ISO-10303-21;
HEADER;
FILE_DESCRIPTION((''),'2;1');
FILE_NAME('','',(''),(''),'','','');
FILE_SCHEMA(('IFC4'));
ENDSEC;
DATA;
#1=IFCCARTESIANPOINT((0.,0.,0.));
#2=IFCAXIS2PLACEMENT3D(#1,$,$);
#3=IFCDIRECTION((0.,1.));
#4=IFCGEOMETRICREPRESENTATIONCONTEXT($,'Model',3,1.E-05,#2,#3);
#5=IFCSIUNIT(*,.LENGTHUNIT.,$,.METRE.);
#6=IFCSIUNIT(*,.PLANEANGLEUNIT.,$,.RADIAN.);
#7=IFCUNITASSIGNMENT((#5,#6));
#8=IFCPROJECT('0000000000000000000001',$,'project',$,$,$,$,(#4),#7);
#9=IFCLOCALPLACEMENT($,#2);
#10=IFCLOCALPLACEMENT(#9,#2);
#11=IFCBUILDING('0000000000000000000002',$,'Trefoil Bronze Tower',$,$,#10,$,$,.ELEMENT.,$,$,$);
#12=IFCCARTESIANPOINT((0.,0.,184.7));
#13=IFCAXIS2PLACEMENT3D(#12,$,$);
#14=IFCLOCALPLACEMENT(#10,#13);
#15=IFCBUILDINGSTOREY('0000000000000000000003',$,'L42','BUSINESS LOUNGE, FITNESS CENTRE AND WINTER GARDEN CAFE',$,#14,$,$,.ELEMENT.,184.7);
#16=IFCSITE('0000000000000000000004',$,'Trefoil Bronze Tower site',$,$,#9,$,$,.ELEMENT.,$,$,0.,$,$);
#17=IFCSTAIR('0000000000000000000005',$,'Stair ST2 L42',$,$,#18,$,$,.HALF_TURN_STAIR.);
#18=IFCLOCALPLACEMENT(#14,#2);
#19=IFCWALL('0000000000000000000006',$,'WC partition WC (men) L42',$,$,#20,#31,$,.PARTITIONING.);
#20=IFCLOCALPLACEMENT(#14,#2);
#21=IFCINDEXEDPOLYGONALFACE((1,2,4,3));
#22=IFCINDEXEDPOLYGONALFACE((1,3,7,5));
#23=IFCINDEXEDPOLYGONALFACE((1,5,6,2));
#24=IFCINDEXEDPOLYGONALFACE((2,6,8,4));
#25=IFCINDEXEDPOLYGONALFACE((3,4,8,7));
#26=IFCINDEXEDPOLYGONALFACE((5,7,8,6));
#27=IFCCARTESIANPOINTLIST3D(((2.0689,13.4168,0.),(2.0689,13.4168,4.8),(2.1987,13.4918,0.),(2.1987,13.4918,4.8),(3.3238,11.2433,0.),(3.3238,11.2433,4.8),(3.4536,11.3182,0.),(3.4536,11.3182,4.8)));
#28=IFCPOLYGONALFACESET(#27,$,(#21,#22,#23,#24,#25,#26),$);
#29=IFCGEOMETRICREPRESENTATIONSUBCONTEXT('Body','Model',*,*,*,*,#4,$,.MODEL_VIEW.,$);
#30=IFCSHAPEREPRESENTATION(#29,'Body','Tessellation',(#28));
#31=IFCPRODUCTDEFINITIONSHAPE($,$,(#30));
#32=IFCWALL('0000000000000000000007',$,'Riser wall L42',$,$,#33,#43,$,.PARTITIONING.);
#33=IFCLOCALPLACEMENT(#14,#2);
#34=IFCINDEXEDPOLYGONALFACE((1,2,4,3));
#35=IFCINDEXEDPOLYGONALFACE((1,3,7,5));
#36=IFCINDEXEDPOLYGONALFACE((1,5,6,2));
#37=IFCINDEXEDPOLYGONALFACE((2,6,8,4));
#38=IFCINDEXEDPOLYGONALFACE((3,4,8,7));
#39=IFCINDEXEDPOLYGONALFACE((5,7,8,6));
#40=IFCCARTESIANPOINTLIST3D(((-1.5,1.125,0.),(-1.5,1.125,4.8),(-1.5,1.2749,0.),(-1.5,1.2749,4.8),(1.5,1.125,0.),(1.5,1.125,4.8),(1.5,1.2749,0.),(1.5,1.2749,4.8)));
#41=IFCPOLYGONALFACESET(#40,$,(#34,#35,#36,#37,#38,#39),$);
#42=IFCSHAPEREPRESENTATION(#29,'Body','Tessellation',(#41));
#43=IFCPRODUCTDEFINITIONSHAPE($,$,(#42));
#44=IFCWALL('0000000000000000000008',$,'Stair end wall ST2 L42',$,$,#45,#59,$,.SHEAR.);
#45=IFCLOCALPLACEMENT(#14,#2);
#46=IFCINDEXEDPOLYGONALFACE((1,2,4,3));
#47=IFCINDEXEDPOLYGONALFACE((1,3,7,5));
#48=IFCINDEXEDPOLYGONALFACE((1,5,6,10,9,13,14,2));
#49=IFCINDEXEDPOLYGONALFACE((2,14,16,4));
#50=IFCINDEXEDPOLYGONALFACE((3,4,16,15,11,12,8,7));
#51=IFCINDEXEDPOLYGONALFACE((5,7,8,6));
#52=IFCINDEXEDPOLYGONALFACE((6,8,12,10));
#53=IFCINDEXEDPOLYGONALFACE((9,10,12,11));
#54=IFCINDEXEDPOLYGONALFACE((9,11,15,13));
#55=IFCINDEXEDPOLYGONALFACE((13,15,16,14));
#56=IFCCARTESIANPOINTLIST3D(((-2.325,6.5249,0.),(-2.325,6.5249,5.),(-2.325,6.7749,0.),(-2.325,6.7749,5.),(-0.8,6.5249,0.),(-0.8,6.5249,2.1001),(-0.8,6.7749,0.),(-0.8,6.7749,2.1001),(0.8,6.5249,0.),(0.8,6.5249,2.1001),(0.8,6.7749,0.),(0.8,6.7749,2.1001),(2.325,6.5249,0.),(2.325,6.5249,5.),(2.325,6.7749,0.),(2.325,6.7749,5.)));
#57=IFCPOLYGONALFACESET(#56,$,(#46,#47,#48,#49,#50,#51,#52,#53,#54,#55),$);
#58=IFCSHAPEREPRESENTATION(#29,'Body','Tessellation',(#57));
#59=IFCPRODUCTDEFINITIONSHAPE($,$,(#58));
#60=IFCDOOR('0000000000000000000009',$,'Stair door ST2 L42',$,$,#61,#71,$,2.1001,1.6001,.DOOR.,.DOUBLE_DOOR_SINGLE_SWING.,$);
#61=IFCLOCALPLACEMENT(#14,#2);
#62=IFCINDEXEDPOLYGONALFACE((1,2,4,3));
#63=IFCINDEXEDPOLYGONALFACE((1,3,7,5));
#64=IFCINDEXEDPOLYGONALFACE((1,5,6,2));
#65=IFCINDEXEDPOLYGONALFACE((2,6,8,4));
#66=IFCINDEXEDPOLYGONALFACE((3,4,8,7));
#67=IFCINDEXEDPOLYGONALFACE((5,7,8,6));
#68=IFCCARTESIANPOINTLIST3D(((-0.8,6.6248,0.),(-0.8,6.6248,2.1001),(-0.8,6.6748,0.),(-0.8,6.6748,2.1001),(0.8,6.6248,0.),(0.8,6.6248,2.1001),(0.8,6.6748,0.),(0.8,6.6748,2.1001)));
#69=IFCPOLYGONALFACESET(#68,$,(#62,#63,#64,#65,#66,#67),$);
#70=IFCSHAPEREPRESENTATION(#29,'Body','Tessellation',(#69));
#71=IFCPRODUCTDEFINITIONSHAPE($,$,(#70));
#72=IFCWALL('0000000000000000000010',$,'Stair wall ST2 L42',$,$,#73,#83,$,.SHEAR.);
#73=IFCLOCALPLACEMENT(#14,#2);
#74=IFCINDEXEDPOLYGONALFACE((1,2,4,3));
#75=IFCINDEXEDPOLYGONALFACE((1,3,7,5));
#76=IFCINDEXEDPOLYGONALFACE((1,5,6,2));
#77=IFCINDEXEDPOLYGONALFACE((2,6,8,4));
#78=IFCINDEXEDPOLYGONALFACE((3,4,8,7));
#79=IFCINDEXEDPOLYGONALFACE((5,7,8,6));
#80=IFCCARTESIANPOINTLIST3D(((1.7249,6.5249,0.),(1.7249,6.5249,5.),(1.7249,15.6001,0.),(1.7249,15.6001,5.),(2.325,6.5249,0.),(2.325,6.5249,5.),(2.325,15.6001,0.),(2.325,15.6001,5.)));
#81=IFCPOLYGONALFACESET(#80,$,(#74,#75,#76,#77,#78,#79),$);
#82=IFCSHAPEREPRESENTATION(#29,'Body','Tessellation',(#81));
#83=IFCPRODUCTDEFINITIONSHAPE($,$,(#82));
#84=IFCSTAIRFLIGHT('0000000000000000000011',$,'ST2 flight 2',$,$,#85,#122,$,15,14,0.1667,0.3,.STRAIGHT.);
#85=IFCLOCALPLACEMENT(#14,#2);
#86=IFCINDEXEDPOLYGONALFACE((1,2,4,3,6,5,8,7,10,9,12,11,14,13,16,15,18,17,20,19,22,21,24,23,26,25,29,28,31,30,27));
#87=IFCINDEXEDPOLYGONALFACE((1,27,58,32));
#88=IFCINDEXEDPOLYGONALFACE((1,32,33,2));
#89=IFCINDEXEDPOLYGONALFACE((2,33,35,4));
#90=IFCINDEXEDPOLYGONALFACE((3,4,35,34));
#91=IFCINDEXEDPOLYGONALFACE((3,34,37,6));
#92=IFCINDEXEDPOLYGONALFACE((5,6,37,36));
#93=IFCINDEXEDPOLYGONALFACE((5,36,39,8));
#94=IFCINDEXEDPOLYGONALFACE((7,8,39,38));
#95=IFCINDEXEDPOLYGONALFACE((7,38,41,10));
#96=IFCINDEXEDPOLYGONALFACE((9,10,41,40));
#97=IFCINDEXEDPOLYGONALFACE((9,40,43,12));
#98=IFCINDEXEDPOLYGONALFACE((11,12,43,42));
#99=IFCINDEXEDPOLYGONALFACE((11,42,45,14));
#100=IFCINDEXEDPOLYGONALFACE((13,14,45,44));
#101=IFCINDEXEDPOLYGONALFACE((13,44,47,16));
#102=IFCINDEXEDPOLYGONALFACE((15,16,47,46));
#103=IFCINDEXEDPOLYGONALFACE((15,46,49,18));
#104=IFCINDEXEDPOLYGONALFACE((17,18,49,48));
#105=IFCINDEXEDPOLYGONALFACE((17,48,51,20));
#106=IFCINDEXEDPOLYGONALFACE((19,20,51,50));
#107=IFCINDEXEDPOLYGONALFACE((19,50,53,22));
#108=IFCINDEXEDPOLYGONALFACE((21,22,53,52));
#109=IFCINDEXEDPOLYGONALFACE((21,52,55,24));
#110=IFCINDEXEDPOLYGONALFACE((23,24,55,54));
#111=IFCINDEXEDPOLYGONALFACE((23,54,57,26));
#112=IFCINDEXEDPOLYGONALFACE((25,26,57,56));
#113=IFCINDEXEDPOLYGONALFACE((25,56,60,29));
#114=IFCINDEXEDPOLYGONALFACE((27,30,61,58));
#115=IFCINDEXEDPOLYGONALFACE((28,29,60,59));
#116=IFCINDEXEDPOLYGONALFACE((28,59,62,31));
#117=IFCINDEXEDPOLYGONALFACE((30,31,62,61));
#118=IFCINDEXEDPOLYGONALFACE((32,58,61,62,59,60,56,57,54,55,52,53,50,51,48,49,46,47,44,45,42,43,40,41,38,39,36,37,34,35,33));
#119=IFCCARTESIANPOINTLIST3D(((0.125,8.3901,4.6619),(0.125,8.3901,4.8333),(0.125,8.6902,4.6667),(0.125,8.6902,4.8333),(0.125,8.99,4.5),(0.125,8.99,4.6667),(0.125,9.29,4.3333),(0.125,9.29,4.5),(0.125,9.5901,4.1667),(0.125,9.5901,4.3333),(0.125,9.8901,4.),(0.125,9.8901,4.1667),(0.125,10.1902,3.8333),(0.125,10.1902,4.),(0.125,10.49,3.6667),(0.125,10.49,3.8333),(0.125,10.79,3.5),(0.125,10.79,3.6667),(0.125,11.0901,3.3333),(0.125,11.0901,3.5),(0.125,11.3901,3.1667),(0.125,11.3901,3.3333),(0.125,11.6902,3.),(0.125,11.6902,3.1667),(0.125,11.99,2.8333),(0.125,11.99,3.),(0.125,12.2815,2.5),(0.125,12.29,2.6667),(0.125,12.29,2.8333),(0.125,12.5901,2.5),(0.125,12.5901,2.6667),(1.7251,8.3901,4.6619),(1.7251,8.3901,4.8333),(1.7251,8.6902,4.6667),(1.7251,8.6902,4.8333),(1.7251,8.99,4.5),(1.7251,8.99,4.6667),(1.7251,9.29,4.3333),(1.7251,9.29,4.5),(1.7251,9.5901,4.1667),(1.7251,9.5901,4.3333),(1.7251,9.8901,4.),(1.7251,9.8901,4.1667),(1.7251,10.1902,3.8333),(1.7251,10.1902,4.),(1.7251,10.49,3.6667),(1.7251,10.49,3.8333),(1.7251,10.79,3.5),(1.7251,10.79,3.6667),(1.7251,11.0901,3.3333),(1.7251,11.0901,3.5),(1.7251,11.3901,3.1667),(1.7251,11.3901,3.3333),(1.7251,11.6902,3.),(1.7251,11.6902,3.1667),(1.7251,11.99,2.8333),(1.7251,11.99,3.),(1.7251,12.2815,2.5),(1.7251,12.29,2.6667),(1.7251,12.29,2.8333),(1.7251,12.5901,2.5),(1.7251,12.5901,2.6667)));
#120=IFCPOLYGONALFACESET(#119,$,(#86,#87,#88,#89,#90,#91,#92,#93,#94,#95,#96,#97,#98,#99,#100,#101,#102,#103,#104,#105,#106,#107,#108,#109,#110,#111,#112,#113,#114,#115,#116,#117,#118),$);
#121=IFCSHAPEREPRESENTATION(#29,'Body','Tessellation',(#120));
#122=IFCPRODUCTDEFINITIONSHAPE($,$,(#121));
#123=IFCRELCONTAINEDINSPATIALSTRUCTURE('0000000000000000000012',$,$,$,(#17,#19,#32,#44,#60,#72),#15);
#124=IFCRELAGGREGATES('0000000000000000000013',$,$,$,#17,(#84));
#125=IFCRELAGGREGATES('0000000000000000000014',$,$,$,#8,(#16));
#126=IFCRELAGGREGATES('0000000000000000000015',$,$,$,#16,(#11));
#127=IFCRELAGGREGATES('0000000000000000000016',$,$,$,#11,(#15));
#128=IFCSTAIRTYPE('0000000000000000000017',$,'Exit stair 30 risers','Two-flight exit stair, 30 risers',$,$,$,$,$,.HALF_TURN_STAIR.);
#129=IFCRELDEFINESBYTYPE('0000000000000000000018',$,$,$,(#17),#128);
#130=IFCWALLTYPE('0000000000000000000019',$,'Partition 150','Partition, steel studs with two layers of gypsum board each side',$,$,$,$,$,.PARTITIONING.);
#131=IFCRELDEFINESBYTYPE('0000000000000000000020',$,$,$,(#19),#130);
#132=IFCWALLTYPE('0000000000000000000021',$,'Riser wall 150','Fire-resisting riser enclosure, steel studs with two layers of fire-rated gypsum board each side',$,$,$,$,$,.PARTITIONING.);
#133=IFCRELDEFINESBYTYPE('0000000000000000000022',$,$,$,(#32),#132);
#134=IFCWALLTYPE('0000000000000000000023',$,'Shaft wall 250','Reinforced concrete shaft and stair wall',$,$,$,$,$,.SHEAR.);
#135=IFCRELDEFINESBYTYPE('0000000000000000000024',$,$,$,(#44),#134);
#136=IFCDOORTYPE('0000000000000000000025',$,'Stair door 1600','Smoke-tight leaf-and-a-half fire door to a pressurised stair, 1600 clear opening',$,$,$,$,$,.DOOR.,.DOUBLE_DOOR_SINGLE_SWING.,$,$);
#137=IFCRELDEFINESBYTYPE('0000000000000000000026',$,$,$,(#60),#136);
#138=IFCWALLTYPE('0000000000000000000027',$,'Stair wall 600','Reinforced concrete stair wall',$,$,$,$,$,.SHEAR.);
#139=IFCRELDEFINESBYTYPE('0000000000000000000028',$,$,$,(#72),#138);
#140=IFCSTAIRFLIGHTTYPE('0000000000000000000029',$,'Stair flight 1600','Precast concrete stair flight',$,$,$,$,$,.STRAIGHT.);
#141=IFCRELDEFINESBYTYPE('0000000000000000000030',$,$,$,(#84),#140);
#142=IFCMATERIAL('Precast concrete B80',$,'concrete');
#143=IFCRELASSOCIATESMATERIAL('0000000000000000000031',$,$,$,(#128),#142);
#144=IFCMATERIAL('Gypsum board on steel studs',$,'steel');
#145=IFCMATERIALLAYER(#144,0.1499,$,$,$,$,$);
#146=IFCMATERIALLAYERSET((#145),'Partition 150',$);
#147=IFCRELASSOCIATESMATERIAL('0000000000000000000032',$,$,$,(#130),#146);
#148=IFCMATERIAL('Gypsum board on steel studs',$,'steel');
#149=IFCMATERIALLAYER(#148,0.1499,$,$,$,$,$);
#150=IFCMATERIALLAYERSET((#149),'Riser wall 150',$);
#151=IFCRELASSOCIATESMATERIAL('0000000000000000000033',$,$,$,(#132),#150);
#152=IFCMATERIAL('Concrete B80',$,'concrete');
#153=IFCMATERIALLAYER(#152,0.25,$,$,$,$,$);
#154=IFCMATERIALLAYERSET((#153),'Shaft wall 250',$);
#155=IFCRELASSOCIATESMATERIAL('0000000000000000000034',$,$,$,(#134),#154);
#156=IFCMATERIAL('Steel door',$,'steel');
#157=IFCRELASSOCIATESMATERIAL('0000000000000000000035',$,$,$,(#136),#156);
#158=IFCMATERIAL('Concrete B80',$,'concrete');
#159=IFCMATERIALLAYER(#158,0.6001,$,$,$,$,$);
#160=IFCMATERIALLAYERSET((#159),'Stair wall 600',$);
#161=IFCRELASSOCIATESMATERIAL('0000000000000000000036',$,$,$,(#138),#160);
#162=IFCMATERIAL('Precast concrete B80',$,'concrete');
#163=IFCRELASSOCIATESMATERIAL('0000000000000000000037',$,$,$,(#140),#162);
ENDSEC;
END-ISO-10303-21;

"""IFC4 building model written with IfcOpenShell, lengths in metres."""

from ifc_helpers import new_model, si_unit, direction, frame, frame_2d, origin, place, context, subcontext, project, spatial, polyline, rectangle, outline, extrude, material, layer, layer_set, type_object, element, fill, aggregate, save


model = new_model("IFC4")

# Units and contexts
model_context = context("Model", 3, precision=1e-05, world=origin(), true_north=direction((0.0, 1.0)))
body_context = subcontext(model_context, "Body", "Model", "MODEL_VIEW")
ifc_project = project(units=[si_unit("LENGTHUNIT", "METRE"), si_unit("PLANEANGLEUNIT", "RADIAN")], contexts=[model_context])

# Site, building, storey
site_placement = place(None, origin())
site = spatial("IfcSite", under=ifc_project, at=site_placement, Name="Trefoil Bronze Tower site", CompositionType="ELEMENT", RefElevation=0.0)
building_placement = place(site_placement, origin())
building = spatial("IfcBuilding", under=site, at=building_placement, Name="Trefoil Bronze Tower", CompositionType="ELEMENT")
storey_placement = place(building_placement, frame((0.0, 0.0, 184.7)))
storey = spatial("IfcBuildingStorey", under=building, at=storey_placement, Name="L42", Description="BUSINESS LOUNGE, FITNESS CENTRE AND WINTER GARDEN CAFE", CompositionType="ELEMENT", Elevation=184.7)

# Stair
ifc_material_1 = material(Name="Precast concrete B80", Category="concrete")
stair_type = type_object("IfcStairType", Name="Exit stair 30 risers", Description="Two-flight exit stair, 30 risers", PredefinedType="HALF_TURN_STAIR", material=ifc_material_1)
stair_1_placement = place(storey_placement, origin())
stair_1 = element("IfcStair", 1, at=stair_1_placement, inside=storey, type_object=stair_type, Name="Stair ST2 L42", PredefinedType="HALF_TURN_STAIR")

# Shared definitions
ifc_material_2 = material(Name="Gypsum board on steel studs", Category="steel")
ifc_layer_1 = layer(ifc_material_2, 0.1499)
ifc_layer_set_1 = layer_set([ifc_layer_1], Name="Partition 150")
wall_type_1 = type_object("IfcWallType", Name="Partition 150", Description="Partition, steel studs with two layers of gypsum board each side", PredefinedType="PARTITIONING", material=ifc_layer_set_1)

# Walls
wall_1_placement = place(storey_placement, frame((3.3887, 11.2808, 0.0), z_axis=(0.0, 0.0, 1.0), x_axis=(-0.499989, 0.866032, 0.0)))
element("IfcWall", 2, at=wall_1_placement, inside=storey, type_object=wall_type_1, Name="WC partition WC (men) L42", PredefinedType="PARTITIONING", context=body_context, shape_type="SweptSolid", body=[
    extrude(rectangle(XDim=2.5098, YDim=0.1499, at=frame_2d((1.2549, 0.0))), origin(), (0.0, 0.0, 1.0), 4.8),
])
ifc_material_3 = material(Name="Gypsum board on steel studs", Category="steel")
ifc_layer_2 = layer(ifc_material_3, 0.1499)
ifc_layer_set_2 = layer_set([ifc_layer_2], Name="Riser wall 150")
wall_type_2 = type_object("IfcWallType", Name="Riser wall 150", Description="Fire-resisting riser enclosure, steel studs with two layers of fire-rated gypsum board each side", PredefinedType="PARTITIONING", material=ifc_layer_set_2)
wall_2_placement = place(storey_placement, frame((1.5, 1.2, 0.0), z_axis=(0.0, 0.0, 1.0), x_axis=(-1.0, 0.0, 0.0)))
element("IfcWall", 3, at=wall_2_placement, inside=storey, type_object=wall_type_2, Name="Riser wall L42", PredefinedType="PARTITIONING", context=body_context, shape_type="SweptSolid", body=[
    extrude(rectangle(XDim=3.0, YDim=0.1499, at=frame_2d((1.5, 0.0))), origin(), (0.0, 0.0, 1.0), 4.8),
])

# Wall, opening, door
ifc_material_4 = material(Name="Concrete B80", Category="concrete")
ifc_layer_3 = layer(ifc_material_4, 0.25)
ifc_layer_set_3 = layer_set([ifc_layer_3], Name="Shaft wall 250")
wall_type_3 = type_object("IfcWallType", Name="Shaft wall 250", Description="Reinforced concrete shaft and stair wall", PredefinedType="SHEAR", material=ifc_layer_set_3)
wall_3_placement = place(storey_placement, frame((2.325, 6.6499, 0.0), z_axis=(0.0, 0.0, 1.0), x_axis=(-1.0, 0.0, 0.0)))
wall_3 = element("IfcWall", 4, at=wall_3_placement, inside=storey, type_object=wall_type_3, Name="Stair end wall ST2 L42", PredefinedType="SHEAR", context=body_context, shape_type="SweptSolid", body=[
    extrude(rectangle(XDim=4.6499, YDim=0.25, at=frame_2d((2.325, 0.0))), origin(), (0.0, 0.0, 1.0), 5.0),
])
opening_1_placement = place(wall_3_placement, frame((1.5249, 0.0, 0.0)))
opening_1 = element("IfcOpeningElement", 5, at=opening_1_placement, cuts=wall_3, PredefinedType="OPENING", context=body_context, shape_type="SweptSolid", body=[
    extrude(rectangle(XDim=1.6001, YDim=2.1001, at=frame_2d((0.8, 1.05))), frame((0.0, 0.135, 0.0), z_axis=(0.0, -1.0, 0.0), x_axis=(1.0, 0.0, 0.0)), (0.0, 0.0, 1.0), 0.27),
])
ifc_material_5 = material(Name="Steel door", Category="steel")
door_type_1 = type_object("IfcDoorType", Name="Stair door 1600", Description="Smoke-tight leaf-and-a-half fire door to a pressurised stair, 1600 clear opening", OperationType="DOUBLE_DOOR_SINGLE_SWING", PredefinedType="DOOR", material=ifc_material_5)
door_1_placement = place(opening_1_placement, frame((1.6001, 0.0, 0.0), z_axis=(0.0, 0.0, 1.0), x_axis=(-1.0, 0.0, 0.0)))
door_1 = element("IfcDoor", 6, at=door_1_placement, inside=storey, type_object=door_type_1, Name="Stair door ST2 L42", OperationType="DOUBLE_DOOR_SINGLE_SWING", OverallHeight=2.1001, OverallWidth=1.6001, PredefinedType="DOOR", context=body_context, shape_type="SweptSolid", body=[
    extrude(rectangle(XDim=1.6001, YDim=2.1001, at=frame_2d((0.8, 1.05))), frame((0.0, 0.0249, 0.0), z_axis=(0.0, -1.0, 0.0), x_axis=(1.0, 0.0, 0.0)), (0.0, 0.0, 1.0), 0.05),
])
fill(opening_1, door_1)

# Wall
ifc_material_6 = material(Name="Concrete B80", Category="concrete")
ifc_layer_4 = layer(ifc_material_6, 0.6001)
ifc_layer_set_4 = layer_set([ifc_layer_4], Name="Stair wall 600")
wall_type_4 = type_object("IfcWallType", Name="Stair wall 600", Description="Reinforced concrete stair wall", PredefinedType="SHEAR", material=ifc_layer_set_4)
wall_4_placement = place(storey_placement, frame((2.0249, 6.5249, 0.0), z_axis=(0.0, 0.0, 1.0), x_axis=(0.0, 1.0, 0.0)))
element("IfcWall", 7, at=wall_4_placement, inside=storey, type_object=wall_type_4, Name="Stair wall ST2 L42", PredefinedType="SHEAR", context=body_context, shape_type="SweptSolid", body=[
    extrude(rectangle(XDim=9.0752, YDim=0.6001, at=frame_2d((4.5376, 0.0))), origin(), (0.0, 0.0, 1.0), 5.0),
])

# Stair flight
ifc_material_7 = material(Name="Precast concrete B80", Category="concrete")
stair_flight_type = type_object("IfcStairFlightType", Name="Stair flight 1600", Description="Precast concrete stair flight", PredefinedType="STRAIGHT", material=ifc_material_7)
stair_flight_placement = place(storey_placement, frame((0.925, 12.5901, 2.5), z_axis=(0.0, 0.0, 1.0), x_axis=(0.0, -1.0, 0.0)))
stair_flight = element("IfcStairFlight", 8, at=stair_flight_placement, type_object=stair_flight_type, Name="ST2 flight 2", NumberOfRisers=15, NumberOfTreads=14, PredefinedType="STRAIGHT", RiserHeight=0.1667, TreadLength=0.3, context=body_context, shape_type="SweptSolid", body=[
    extrude(outline(polyline([(0.0, 0.0), (0.0, 0.1667), (0.3, 0.1667), (0.3, 0.3333), (0.6001, 0.3333), (0.6001, 0.5), (0.8999, 0.5), (0.8999, 0.6667), (1.2, 0.6667), (1.2, 0.8333), (1.5, 0.8333), (1.5, 1.0), (1.8, 1.0), (1.8, 1.1667), (2.1001, 1.1667), (2.1001, 1.3333), (2.3999, 1.3333), (2.3999, 1.5), (2.7, 1.5), (2.7, 1.6667), (3.0, 1.6667), (3.0, 1.8333), (3.3, 1.8333), (3.3, 2.0), (3.6001, 2.0), (3.6001, 2.1667), (3.8999, 2.1667), (3.8999, 2.3333), (4.2, 2.3333), (4.2, 2.5), (4.2, 2.1619), (0.3086, 0.0), (0.0, 0.0)])), frame((0.0, 0.8, 0.0), z_axis=(0.0, -1.0, 0.0), x_axis=(1.0, 0.0, 0.0)), (0.0, 0.0, 1.0), 1.6001),
])
aggregate(stair_1, [stair_flight])

save(model, "model.ifc")
